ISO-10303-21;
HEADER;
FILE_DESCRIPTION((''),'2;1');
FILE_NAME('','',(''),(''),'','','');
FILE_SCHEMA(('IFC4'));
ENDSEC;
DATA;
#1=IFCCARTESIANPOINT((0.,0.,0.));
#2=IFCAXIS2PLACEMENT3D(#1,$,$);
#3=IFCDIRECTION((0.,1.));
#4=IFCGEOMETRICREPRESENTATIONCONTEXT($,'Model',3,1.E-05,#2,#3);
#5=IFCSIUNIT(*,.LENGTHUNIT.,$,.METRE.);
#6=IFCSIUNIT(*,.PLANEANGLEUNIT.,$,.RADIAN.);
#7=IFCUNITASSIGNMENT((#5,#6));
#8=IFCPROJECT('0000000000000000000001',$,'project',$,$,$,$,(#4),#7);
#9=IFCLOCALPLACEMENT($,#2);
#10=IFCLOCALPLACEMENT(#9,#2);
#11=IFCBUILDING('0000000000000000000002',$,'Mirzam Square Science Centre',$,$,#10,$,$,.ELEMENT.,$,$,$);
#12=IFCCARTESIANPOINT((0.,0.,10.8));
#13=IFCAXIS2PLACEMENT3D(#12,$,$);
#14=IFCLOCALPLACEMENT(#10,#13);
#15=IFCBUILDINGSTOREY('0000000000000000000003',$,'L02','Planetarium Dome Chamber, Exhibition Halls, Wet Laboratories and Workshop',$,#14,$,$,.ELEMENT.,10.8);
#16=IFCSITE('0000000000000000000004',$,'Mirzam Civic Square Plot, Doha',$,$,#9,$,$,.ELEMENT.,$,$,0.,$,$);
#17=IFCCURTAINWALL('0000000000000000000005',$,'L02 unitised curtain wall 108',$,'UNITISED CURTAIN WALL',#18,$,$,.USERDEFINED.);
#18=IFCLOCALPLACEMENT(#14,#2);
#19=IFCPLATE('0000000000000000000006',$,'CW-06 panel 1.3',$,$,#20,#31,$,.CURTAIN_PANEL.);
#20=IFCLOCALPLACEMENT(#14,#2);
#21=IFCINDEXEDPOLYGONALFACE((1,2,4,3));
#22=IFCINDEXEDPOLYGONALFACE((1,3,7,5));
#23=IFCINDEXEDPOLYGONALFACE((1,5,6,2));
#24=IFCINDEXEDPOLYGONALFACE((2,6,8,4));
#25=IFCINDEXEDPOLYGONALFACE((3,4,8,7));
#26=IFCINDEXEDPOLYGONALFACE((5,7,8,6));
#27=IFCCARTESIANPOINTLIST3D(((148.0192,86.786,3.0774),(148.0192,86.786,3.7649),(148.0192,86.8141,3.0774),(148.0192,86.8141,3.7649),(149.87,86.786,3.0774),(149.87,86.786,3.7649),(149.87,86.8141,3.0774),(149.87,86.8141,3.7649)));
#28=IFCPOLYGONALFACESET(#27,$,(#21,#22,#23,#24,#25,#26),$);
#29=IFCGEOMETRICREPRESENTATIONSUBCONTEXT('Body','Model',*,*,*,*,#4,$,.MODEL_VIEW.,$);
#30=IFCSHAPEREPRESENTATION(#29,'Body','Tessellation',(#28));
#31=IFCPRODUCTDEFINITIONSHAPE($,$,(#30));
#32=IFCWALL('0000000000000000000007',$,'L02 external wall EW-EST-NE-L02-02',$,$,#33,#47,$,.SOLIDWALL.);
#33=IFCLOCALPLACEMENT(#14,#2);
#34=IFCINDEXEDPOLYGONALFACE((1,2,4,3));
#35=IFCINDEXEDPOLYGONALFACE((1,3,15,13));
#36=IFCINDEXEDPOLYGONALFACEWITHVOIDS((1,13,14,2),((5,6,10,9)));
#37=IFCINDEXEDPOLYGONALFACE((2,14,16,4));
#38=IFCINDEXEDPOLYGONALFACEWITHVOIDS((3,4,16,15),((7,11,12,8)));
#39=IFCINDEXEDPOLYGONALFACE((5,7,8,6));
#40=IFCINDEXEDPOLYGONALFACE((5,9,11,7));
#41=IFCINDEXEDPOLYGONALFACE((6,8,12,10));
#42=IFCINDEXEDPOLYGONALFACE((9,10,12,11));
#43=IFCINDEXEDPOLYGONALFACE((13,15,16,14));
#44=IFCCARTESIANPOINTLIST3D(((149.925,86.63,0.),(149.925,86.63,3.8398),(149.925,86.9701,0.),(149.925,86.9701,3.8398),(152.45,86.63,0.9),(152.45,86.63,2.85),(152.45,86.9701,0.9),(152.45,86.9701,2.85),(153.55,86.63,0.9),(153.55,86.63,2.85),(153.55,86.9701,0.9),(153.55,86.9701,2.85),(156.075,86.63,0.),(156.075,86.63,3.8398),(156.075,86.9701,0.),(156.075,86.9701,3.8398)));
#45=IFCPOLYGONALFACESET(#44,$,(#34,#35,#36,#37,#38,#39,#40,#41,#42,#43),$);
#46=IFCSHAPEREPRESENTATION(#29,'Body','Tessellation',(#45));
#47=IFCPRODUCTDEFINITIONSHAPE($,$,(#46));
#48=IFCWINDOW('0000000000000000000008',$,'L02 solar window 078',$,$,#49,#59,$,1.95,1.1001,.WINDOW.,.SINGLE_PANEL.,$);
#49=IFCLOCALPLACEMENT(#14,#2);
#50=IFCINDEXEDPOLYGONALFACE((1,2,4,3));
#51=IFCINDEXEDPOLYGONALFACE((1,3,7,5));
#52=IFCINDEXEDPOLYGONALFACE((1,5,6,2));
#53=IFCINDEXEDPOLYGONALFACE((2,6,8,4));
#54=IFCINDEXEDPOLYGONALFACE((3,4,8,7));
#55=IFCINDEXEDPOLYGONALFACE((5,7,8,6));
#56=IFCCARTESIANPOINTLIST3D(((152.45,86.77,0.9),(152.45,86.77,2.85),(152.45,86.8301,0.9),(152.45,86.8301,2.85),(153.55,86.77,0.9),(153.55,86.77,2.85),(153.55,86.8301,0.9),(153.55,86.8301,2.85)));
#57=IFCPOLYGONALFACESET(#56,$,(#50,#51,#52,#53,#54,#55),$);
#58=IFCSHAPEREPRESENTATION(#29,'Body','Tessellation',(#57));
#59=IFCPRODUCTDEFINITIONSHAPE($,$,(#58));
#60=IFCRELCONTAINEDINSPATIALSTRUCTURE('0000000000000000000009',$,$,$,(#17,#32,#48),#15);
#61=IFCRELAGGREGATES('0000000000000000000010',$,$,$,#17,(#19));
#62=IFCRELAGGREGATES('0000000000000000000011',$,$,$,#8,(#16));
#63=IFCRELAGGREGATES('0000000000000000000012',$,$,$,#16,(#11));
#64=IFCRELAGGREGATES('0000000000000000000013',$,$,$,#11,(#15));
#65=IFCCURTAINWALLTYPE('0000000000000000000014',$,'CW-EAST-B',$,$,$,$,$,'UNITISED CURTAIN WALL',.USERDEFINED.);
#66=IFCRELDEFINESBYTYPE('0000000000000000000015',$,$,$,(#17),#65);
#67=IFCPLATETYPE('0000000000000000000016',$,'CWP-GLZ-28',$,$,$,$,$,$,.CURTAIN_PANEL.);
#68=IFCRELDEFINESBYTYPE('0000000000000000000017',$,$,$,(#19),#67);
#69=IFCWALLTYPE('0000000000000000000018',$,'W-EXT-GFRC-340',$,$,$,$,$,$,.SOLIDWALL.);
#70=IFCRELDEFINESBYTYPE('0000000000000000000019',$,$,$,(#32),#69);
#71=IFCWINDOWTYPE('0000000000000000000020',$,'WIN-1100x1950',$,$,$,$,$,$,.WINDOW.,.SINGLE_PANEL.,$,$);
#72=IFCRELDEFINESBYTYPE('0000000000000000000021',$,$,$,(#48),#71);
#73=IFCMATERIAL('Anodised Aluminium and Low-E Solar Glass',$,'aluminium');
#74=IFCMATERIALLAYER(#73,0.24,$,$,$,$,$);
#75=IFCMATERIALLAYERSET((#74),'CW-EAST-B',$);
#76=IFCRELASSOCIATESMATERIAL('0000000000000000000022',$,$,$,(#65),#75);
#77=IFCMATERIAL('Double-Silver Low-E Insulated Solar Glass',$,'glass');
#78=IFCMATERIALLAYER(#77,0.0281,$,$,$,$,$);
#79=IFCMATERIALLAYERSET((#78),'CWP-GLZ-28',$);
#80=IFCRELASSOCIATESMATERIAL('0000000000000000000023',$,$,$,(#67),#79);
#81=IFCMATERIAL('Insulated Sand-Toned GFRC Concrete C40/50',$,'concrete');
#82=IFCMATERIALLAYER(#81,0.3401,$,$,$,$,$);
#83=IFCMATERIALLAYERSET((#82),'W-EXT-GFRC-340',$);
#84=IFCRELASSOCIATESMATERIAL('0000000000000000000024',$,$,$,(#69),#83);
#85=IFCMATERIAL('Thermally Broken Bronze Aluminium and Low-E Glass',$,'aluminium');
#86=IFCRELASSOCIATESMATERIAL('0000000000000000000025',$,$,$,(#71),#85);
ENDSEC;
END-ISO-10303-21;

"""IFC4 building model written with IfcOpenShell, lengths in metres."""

from ifc_helpers import new_model, si_unit, direction, frame, frame_2d, origin, origin_2d, place, context, subcontext, project, spatial, rectangle, extrude, material, layer, layer_set, type_object, element, fill, aggregate, save


model = new_model("IFC4")

# Units and contexts
model_context = context("Model", 3, precision=1e-05, world=origin(), true_north=direction((0.0, 1.0)))
body_context = subcontext(model_context, "Body", "Model", "MODEL_VIEW")
ifc_project = project(units=[si_unit("LENGTHUNIT", "METRE"), si_unit("PLANEANGLEUNIT", "RADIAN")], contexts=[model_context])

# Site, building, storey
site_placement = place(None, origin())
site = spatial("IfcSite", under=ifc_project, at=site_placement, Name="Mirzam Civic Square Plot, Doha", CompositionType="ELEMENT", RefElevation=0.0)
building_placement = place(site_placement, origin())
building = spatial("IfcBuilding", under=site, at=building_placement, Name="Mirzam Square Science Centre", CompositionType="ELEMENT")
storey_placement = place(building_placement, frame((0.0, 0.0, 10.8)))
storey = spatial("IfcBuildingStorey", under=building, at=storey_placement, Name="L02", Description="Planetarium Dome Chamber, Exhibition Halls, Wet Laboratories and Workshop", CompositionType="ELEMENT", Elevation=10.8)

# Shared definitions
ifc_material_1 = material(Name="Anodised Aluminium and Low-E Solar Glass", Category="aluminium")

# Curtain wall
ifc_layer_1 = layer(ifc_material_1, 0.24)
ifc_layer_set_1 = layer_set([ifc_layer_1], Name="CW-EAST-B")
curtain_wall_type_1 = type_object("IfcCurtainWallType", Name="CW-EAST-B", ElementType="UNITISED CURTAIN WALL", PredefinedType="USERDEFINED", material=ifc_layer_set_1)
curtain_wall_1_placement = place(storey_placement, origin())
curtain_wall_1 = element("IfcCurtainWall", 1, at=curtain_wall_1_placement, inside=storey, type_object=curtain_wall_type_1, Name="L02 unitised curtain wall 108", ObjectType="UNITISED CURTAIN WALL", PredefinedType="USERDEFINED")

# Plate
ifc_material_2 = material(Name="Double-Silver Low-E Insulated Solar Glass", Category="glass")
ifc_layer_2 = layer(ifc_material_2, 0.0281)
ifc_layer_set_2 = layer_set([ifc_layer_2], Name="CWP-GLZ-28")
plate_type_1 = type_object("IfcPlateType", Name="CWP-GLZ-28", PredefinedType="CURTAIN_PANEL", material=ifc_layer_set_2)
plate_1_placement = place(storey_placement, frame((148.9446, 86.8, 3.0774), z_axis=(0.0, 0.0, 1.0), x_axis=(-1.0, 0.0, 0.0)))
plate_1 = element("IfcPlate", 2, at=plate_1_placement, type_object=plate_type_1, Name="CW-06 panel 1.3", PredefinedType="CURTAIN_PANEL", context=body_context, shape_type="SweptSolid", body=[
    extrude(rectangle(XDim=1.8508, YDim=0.0281, at=origin_2d()), origin(), (0.0, 0.0, 1.0), 0.6875),
])
aggregate(curtain_wall_1, [plate_1])

# Wall, opening, window
ifc_material_3 = material(Name="Insulated Sand-Toned GFRC Concrete C40/50", Category="concrete")
ifc_layer_3 = layer(ifc_material_3, 0.3401)
ifc_layer_set_3 = layer_set([ifc_layer_3], Name="W-EXT-GFRC-340")
wall_type = type_object("IfcWallType", Name="W-EXT-GFRC-340", PredefinedType="SOLIDWALL", material=ifc_layer_set_3)
wall_placement = place(storey_placement, frame((156.075, 86.8, 0.0), z_axis=(0.0, 0.0, 1.0), x_axis=(-1.0, 0.0, 0.0)))
wall = element("IfcWall", 3, at=wall_placement, inside=storey, type_object=wall_type, Name="L02 external wall EW-EST-NE-L02-02", PredefinedType="SOLIDWALL", context=body_context, shape_type="SweptSolid", body=[
    extrude(rectangle(XDim=6.1499, YDim=0.3401, at=frame_2d((3.075, 0.0))), origin(), (0.0, 0.0, 1.0), 3.8398),
])
opening_placement = place(wall_placement, frame((2.5249, 0.0, 0.8999)))
opening = element("IfcOpeningElement", 4, at=opening_placement, cuts=wall, PredefinedType="OPENING", context=body_context, shape_type="SweptSolid", body=[
    extrude(rectangle(XDim=1.1001, YDim=1.95, at=frame_2d((0.55, 0.9751))), frame((0.0, 0.1799, 0.0), z_axis=(0.0, -1.0, 0.0), x_axis=(1.0, 0.0, 0.0)), (0.0, 0.0, 1.0), 0.3601),
])
ifc_material_4 = material(Name="Thermally Broken Bronze Aluminium and Low-E Glass", Category="aluminium")
window_type = type_object("IfcWindowType", Name="WIN-1100x1950", PartitioningType="SINGLE_PANEL", PredefinedType="WINDOW", material=ifc_material_4)
window_placement = place(opening_placement, origin())
window = element("IfcWindow", 5, at=window_placement, inside=storey, type_object=window_type, Name="L02 solar window 078", OverallHeight=1.95, OverallWidth=1.1001, PartitioningType="SINGLE_PANEL", PredefinedType="WINDOW", context=body_context, shape_type="SweptSolid", body=[
    extrude(rectangle(XDim=1.1001, YDim=1.95, at=frame_2d((0.55, 0.9751))), frame((0.0, 0.03, 0.0), z_axis=(0.0, -1.0, 0.0), x_axis=(1.0, 0.0, 0.0)), (0.0, 0.0, 1.0), 0.0601),
])
fill(opening, window)

save(model, "model.ifc")
